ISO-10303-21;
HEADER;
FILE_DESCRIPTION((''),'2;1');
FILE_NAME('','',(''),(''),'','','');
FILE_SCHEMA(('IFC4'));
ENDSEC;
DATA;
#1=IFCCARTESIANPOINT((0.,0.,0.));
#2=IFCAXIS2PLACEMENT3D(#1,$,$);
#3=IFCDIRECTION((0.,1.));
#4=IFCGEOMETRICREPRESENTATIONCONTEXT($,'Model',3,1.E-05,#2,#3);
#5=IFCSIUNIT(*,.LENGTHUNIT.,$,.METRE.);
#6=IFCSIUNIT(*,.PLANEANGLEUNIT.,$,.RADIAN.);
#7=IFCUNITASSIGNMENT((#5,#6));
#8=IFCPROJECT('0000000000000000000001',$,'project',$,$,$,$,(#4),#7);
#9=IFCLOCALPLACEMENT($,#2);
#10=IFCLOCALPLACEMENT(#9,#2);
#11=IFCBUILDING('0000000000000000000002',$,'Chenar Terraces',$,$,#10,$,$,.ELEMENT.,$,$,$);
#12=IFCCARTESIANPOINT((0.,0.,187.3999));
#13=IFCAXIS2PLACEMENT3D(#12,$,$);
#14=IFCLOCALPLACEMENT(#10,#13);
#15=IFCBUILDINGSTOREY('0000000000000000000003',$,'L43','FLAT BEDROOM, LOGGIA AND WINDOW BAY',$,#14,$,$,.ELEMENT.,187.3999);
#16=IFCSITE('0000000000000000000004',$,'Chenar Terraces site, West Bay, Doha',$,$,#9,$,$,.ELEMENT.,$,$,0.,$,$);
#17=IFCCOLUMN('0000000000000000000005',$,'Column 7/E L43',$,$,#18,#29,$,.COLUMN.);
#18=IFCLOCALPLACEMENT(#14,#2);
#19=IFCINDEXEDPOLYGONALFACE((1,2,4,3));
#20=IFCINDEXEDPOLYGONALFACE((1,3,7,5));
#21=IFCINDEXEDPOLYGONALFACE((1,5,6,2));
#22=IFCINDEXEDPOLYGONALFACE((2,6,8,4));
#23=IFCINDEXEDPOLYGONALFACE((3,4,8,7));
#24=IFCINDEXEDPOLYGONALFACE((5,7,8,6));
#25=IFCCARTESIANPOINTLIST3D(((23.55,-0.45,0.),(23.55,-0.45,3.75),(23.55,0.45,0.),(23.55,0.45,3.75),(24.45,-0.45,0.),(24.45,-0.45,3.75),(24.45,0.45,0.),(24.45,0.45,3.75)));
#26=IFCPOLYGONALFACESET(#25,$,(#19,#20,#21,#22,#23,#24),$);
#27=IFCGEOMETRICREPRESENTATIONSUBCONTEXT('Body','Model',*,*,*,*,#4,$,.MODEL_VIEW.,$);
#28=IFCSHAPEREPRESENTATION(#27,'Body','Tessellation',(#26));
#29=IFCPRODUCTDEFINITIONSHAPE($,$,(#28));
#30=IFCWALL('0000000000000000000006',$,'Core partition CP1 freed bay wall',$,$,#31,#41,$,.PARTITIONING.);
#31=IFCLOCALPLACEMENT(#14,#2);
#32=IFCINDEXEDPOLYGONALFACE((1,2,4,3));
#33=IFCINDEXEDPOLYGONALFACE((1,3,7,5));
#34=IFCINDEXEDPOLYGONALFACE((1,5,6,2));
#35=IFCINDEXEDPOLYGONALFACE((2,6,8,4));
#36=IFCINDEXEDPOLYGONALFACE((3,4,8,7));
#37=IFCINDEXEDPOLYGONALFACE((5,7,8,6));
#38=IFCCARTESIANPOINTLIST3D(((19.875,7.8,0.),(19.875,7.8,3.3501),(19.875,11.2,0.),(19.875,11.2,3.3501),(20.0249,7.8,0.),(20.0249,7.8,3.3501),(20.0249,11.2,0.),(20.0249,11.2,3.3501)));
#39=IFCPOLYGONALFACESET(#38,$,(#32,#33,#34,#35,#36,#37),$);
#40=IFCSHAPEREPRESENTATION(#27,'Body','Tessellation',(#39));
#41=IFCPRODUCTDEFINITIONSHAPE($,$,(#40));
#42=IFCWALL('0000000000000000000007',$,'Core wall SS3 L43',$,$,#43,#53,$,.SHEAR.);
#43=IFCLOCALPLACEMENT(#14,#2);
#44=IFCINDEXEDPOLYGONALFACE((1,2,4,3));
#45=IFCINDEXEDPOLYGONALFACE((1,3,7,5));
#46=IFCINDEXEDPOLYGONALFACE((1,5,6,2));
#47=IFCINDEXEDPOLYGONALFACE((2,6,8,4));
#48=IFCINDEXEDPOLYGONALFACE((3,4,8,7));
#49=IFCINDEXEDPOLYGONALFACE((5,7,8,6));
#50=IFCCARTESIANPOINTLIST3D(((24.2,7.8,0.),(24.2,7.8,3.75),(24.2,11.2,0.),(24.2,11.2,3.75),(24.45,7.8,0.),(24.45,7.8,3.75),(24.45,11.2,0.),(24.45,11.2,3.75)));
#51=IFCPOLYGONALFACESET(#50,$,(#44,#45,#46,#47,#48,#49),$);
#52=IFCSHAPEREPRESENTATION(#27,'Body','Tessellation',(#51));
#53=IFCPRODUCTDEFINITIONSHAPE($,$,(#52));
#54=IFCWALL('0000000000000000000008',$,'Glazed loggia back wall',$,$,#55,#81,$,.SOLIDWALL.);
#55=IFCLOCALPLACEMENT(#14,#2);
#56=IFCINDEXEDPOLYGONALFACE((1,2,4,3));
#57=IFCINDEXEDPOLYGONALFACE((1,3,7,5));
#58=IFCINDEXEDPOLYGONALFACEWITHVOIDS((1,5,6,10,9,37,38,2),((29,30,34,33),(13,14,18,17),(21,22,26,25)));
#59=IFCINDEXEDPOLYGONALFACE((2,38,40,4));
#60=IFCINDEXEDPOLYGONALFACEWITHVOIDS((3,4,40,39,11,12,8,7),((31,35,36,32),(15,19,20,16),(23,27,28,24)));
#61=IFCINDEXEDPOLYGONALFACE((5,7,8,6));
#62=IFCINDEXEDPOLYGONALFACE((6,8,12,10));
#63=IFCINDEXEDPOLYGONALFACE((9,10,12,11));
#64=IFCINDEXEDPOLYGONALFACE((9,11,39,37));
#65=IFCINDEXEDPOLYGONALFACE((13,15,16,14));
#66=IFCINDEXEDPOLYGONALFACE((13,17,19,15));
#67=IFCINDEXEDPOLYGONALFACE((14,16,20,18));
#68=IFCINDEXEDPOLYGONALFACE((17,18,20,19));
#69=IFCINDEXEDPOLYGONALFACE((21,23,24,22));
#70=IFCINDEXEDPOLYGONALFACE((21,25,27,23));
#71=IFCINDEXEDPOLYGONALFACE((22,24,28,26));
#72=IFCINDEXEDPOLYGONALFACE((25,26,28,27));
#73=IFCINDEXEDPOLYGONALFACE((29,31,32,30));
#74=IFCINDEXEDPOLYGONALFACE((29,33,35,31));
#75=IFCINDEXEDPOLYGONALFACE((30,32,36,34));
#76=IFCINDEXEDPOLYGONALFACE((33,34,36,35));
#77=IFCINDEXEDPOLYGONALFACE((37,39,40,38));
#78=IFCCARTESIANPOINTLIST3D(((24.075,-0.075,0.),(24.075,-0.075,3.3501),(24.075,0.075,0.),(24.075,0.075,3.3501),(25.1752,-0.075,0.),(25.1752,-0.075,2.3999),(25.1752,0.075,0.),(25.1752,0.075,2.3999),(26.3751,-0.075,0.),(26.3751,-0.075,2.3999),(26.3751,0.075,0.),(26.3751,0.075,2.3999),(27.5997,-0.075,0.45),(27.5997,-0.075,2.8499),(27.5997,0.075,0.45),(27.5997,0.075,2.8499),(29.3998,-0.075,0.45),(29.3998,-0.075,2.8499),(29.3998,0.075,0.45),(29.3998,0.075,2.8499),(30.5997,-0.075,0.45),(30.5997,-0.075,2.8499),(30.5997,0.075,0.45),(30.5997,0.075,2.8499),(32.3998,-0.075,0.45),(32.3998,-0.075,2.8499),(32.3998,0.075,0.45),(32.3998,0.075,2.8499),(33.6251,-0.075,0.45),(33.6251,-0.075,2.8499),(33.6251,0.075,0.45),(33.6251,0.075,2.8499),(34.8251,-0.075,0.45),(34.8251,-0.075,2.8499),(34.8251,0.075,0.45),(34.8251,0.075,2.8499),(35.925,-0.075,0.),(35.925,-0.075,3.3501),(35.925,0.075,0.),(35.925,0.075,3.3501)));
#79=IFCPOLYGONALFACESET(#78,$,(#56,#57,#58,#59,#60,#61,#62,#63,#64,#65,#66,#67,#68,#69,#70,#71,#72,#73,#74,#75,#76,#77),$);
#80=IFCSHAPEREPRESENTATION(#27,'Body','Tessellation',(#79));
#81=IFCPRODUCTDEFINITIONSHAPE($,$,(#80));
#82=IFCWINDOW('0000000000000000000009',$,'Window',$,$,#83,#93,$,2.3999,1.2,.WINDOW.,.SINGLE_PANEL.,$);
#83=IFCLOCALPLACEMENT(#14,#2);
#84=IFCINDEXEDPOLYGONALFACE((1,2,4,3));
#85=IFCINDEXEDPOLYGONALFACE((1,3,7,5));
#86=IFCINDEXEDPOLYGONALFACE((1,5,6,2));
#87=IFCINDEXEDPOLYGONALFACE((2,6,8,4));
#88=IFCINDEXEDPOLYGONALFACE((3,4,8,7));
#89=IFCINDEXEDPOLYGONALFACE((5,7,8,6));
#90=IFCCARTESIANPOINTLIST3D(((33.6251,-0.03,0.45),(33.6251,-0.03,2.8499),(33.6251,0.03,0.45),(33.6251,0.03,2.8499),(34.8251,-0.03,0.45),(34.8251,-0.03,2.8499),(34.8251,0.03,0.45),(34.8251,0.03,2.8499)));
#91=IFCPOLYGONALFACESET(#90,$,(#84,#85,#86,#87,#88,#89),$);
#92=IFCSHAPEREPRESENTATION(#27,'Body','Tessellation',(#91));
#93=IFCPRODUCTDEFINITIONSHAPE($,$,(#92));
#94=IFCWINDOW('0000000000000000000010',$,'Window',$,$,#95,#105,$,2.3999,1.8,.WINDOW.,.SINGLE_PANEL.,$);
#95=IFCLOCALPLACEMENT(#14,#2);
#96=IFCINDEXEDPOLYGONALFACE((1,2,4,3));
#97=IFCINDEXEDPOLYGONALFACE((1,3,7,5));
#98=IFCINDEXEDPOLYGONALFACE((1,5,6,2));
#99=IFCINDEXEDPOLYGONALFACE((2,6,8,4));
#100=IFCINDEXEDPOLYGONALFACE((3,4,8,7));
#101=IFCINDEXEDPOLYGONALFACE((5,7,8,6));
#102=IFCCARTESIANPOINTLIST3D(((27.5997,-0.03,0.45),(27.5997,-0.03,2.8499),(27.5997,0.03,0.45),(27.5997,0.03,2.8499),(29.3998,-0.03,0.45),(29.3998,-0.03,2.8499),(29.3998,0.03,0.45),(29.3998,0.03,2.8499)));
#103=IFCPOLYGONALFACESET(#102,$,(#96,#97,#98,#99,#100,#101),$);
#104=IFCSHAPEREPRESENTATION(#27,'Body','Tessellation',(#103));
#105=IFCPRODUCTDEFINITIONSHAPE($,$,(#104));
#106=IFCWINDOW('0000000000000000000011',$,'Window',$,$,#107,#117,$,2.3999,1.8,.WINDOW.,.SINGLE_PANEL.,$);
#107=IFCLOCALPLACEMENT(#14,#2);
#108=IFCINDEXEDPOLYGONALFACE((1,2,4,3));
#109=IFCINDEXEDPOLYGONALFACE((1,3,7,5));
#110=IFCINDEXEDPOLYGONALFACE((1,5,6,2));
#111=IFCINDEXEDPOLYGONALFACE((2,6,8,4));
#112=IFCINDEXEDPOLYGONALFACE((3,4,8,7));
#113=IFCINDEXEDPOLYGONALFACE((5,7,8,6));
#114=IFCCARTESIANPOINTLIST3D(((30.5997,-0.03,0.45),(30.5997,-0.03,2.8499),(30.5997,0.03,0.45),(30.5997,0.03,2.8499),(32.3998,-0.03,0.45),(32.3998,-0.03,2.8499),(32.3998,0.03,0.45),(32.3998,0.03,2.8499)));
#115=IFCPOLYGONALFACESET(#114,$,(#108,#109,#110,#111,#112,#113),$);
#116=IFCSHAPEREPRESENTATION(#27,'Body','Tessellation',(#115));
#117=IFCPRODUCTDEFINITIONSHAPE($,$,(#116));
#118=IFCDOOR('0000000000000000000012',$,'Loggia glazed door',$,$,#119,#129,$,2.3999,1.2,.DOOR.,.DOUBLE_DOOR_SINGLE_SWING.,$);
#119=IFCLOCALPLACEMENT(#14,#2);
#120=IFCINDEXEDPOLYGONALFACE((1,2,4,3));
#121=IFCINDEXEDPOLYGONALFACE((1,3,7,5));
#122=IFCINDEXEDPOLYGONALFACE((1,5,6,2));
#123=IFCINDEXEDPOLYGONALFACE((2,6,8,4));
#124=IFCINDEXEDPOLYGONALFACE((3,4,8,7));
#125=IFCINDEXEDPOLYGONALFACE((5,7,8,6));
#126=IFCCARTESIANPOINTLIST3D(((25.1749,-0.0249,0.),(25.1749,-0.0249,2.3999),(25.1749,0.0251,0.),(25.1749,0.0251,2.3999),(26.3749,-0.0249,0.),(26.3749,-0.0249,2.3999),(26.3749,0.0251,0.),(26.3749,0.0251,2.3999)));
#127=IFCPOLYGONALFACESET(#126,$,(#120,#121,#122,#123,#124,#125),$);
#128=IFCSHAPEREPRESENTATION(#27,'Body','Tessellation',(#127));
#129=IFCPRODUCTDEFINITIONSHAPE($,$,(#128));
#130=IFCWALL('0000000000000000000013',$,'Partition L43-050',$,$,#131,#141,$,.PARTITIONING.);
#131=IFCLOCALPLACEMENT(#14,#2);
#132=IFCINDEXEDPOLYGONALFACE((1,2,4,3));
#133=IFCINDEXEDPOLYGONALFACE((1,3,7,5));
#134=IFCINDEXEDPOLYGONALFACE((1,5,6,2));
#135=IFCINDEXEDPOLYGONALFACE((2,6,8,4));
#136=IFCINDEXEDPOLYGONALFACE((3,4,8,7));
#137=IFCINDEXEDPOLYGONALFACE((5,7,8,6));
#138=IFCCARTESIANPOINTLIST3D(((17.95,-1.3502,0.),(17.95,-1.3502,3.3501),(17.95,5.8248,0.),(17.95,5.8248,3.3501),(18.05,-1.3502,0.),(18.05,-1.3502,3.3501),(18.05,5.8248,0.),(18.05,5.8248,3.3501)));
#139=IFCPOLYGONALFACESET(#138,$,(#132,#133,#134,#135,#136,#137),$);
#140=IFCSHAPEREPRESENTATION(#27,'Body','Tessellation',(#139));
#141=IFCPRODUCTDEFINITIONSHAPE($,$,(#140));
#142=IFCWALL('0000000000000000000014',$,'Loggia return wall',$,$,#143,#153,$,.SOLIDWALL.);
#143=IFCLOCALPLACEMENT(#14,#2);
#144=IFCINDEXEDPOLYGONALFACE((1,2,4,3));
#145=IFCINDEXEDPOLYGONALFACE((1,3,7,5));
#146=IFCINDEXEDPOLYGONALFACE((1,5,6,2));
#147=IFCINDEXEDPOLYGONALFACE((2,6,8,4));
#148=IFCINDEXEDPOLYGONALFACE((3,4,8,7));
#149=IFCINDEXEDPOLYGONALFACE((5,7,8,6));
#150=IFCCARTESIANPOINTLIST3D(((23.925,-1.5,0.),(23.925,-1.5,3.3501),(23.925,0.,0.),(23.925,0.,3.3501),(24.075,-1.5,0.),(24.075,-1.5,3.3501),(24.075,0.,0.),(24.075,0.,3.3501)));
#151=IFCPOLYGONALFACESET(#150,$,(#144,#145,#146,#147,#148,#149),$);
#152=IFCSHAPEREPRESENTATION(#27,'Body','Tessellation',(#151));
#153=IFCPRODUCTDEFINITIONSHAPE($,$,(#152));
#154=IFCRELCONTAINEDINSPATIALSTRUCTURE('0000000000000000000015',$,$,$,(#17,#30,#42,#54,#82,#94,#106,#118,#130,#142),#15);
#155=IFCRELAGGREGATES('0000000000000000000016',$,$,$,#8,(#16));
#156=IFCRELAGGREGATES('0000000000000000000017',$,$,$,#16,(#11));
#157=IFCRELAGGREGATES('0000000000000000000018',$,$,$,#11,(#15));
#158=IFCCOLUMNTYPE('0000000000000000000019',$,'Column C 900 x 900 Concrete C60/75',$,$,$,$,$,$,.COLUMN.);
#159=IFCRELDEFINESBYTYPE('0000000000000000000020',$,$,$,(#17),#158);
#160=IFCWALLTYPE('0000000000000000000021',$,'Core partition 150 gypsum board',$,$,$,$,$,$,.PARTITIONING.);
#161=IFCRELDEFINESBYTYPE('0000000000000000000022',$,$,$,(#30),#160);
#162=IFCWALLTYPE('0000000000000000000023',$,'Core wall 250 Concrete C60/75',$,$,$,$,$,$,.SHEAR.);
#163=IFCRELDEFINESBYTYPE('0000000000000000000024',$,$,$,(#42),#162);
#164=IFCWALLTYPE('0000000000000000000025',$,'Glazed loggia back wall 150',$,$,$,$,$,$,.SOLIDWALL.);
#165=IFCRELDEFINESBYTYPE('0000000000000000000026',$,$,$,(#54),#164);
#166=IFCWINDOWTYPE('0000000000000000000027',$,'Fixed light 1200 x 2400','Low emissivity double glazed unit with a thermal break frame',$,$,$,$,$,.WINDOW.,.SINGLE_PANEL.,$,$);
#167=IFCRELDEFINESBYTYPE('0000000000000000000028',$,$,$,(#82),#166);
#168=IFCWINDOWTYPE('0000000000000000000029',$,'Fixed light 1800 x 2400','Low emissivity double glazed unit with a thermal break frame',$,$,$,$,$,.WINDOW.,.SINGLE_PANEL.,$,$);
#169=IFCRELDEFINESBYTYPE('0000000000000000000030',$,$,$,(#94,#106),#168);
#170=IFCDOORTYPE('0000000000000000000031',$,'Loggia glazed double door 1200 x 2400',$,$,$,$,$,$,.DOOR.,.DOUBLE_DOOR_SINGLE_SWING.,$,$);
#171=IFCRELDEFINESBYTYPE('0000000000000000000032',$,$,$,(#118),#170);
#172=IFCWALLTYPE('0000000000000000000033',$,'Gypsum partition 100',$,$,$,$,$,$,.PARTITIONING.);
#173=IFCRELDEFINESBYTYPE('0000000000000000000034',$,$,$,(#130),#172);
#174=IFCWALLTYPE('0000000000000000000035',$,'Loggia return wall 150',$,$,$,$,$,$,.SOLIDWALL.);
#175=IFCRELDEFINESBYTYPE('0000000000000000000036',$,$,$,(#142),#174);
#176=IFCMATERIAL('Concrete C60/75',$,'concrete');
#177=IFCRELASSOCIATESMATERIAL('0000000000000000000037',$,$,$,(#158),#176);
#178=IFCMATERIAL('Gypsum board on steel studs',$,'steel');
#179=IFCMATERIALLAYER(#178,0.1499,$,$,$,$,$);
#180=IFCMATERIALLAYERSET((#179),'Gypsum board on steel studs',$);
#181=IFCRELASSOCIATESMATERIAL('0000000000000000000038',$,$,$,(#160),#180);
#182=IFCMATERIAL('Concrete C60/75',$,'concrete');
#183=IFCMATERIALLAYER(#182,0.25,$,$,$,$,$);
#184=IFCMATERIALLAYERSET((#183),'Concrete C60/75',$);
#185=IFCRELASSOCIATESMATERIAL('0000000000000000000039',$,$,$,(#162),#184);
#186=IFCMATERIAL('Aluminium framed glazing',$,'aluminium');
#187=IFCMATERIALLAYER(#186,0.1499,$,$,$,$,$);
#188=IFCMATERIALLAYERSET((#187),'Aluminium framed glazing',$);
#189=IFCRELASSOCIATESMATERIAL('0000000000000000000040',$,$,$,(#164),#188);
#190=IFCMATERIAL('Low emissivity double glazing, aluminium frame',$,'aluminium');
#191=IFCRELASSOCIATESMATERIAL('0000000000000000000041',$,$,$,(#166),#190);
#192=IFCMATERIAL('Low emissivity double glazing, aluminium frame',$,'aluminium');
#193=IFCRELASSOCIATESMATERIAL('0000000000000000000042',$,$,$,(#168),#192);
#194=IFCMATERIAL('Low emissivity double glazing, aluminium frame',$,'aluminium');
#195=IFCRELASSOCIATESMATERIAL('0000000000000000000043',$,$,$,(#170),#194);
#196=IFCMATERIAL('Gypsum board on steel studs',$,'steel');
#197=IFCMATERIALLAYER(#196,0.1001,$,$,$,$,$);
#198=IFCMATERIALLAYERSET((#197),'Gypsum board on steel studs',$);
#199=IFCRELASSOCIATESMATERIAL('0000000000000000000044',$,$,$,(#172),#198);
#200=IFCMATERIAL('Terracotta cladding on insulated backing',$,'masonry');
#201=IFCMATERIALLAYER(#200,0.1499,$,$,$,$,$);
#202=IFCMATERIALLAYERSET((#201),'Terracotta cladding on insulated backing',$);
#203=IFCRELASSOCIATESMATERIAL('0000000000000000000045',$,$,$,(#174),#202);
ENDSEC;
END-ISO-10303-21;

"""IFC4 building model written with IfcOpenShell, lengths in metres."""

from ifc_helpers import new_model, si_unit, direction, frame, frame_2d, origin, origin_2d, place, context, subcontext, project, spatial, rectangle, extrude, material, layer, layer_set, material_profile, profile_set, type_object, element, fill, save


model = new_model("IFC4")

# Units and contexts
model_context = context("Model", 3, precision=1e-05, world=origin(), true_north=direction((0.0, 1.0)))
body_context = subcontext(model_context, "Body", "Model", "MODEL_VIEW")
ifc_project = project(units=[si_unit("LENGTHUNIT", "METRE"), si_unit("PLANEANGLEUNIT", "RADIAN")], contexts=[model_context])

# Site, building, storey
site_placement = place(None, origin())
site = spatial("IfcSite", under=ifc_project, at=site_placement, Name="Chenar Terraces site, West Bay, Doha", CompositionType="ELEMENT", RefElevation=0.0)
building_placement = place(site_placement, origin())
building = spatial("IfcBuilding", under=site, at=building_placement, Name="Chenar Terraces", CompositionType="ELEMENT")
storey_placement = place(building_placement, frame((0.0, 0.0, 187.3999)))
storey = spatial("IfcBuildingStorey", under=building, at=storey_placement, Name="L43", Description="FLAT BEDROOM, LOGGIA AND WINDOW BAY", CompositionType="ELEMENT", Elevation=187.3999)

# Column
ifc_material_1 = material(Name="Concrete C60/75", Category="concrete")
ifc_material_profile_1 = material_profile(ifc_material_1, rectangle(XDim=0.8999, YDim=0.8999, at=origin_2d()), Name="C 900 x 900")
ifc_profile_set_1 = profile_set([ifc_material_profile_1], Name="Concrete C60/75")
column_type = type_object("IfcColumnType", Name="Column C 900 x 900 Concrete C60/75", PredefinedType="COLUMN", material=ifc_profile_set_1)
column_placement = place(storey_placement, frame((24.0, 0.0, 0.0), z_axis=(0.0, 0.0, 1.0), x_axis=(1.0, 0.0, 0.0)))
element("IfcColumn", 1, at=column_placement, inside=storey, type_object=column_type, Name="Column 7/E L43", PredefinedType="COLUMN", context=body_context, shape_type="SweptSolid", body=[
    extrude(rectangle(XDim=0.8999, YDim=0.8999, at=origin_2d()), origin(), (0.0, 0.0, 1.0), 3.75),
])

# Walls
ifc_material_2 = material(Name="Gypsum board on steel studs", Category="steel")
ifc_layer_1 = layer(ifc_material_2, 0.1499)
ifc_layer_set_1 = layer_set([ifc_layer_1], Name="Gypsum board on steel studs")
wall_type_1 = type_object("IfcWallType", Name="Core partition 150 gypsum board", PredefinedType="PARTITIONING", material=ifc_layer_set_1)
wall_1_placement = place(storey_placement, frame((19.95, 7.8, 0.0), z_axis=(0.0, 0.0, 1.0), x_axis=(0.0, 1.0, 0.0)))
element("IfcWall", 2, at=wall_1_placement, inside=storey, type_object=wall_type_1, Name="Core partition CP1 freed bay wall", PredefinedType="PARTITIONING", context=body_context, shape_type="SweptSolid", body=[
    extrude(rectangle(XDim=3.3999, YDim=0.1499, at=frame_2d((1.7, 0.0))), origin(), (0.0, 0.0, 1.0), 3.3501),
])
ifc_material_3 = material(Name="Concrete C60/75", Category="concrete")
ifc_layer_2 = layer(ifc_material_3, 0.25)
ifc_layer_set_2 = layer_set([ifc_layer_2], Name="Concrete C60/75")
wall_type_2 = type_object("IfcWallType", Name="Core wall 250 Concrete C60/75", PredefinedType="SHEAR", material=ifc_layer_set_2)
wall_2_placement = place(storey_placement, frame((24.325, 7.8, 0.0), z_axis=(0.0, 0.0, 1.0), x_axis=(0.0, 1.0, 0.0)))
element("IfcWall", 3, at=wall_2_placement, inside=storey, type_object=wall_type_2, Name="Core wall SS3 L43", PredefinedType="SHEAR", context=body_context, shape_type="SweptSolid", body=[
    extrude(rectangle(XDim=3.3999, YDim=0.25, at=frame_2d((1.7, 0.0))), origin(), (0.0, 0.0, 1.0), 3.75),
])

# Wall, openings, windows, door
ifc_material_4 = material(Name="Aluminium framed glazing", Category="aluminium")
ifc_layer_3 = layer(ifc_material_4, 0.1499)
ifc_layer_set_3 = layer_set([ifc_layer_3], Name="Aluminium framed glazing")
wall_type_3 = type_object("IfcWallType", Name="Glazed loggia back wall 150", PredefinedType="SOLIDWALL", material=ifc_layer_set_3)
wall_3_placement = place(storey_placement, frame((24.075, 0.0, 0.0), z_axis=(0.0, 0.0, 1.0), x_axis=(1.0, 0.0, 0.0)))
wall_3 = element("IfcWall", 4, at=wall_3_placement, inside=storey, type_object=wall_type_3, Name="Glazed loggia back wall", PredefinedType="SOLIDWALL", context=body_context, shape_type="SweptSolid", body=[
    extrude(rectangle(XDim=11.8501, YDim=0.1499, at=frame_2d((5.925, 0.0))), origin(), (0.0, 0.0, 1.0), 3.3501),
])
opening_1_placement = place(wall_3_placement, frame((1.1001, 0.0, 0.0)))
opening_1 = element("IfcOpeningElement", 5, at=opening_1_placement, cuts=wall_3, PredefinedType="OPENING", context=body_context, shape_type="SweptSolid", body=[
    extrude(rectangle(XDim=1.2, YDim=2.3999, at=frame_2d((0.6001, 1.2))), frame((0.0, 0.085, 0.0), z_axis=(0.0, -1.0, 0.0), x_axis=(1.0, 0.0, 0.0)), (0.0, 0.0, 1.0), 0.1699),
])
opening_2_placement = place(wall_3_placement, frame((3.5249, 0.0, 0.45)))
opening_2 = element("IfcOpeningElement", 6, at=opening_2_placement, cuts=wall_3, PredefinedType="OPENING", context=body_context, shape_type="SweptSolid", body=[
    extrude(rectangle(XDim=1.8, YDim=2.3999, at=frame_2d((0.8999, 1.2))), frame((0.0, 0.085, 0.0), z_axis=(0.0, -1.0, 0.0), x_axis=(1.0, 0.0, 0.0)), (0.0, 0.0, 1.0), 0.1699),
])
opening_3_placement = place(wall_3_placement, frame((6.5249, 0.0, 0.45)))
opening_3 = element("IfcOpeningElement", 7, at=opening_3_placement, cuts=wall_3, PredefinedType="OPENING", context=body_context, shape_type="SweptSolid", body=[
    extrude(rectangle(XDim=1.8, YDim=2.3999, at=frame_2d((0.8999, 1.2))), frame((0.0, 0.085, 0.0), z_axis=(0.0, -1.0, 0.0), x_axis=(1.0, 0.0, 0.0)), (0.0, 0.0, 1.0), 0.1699),
])
opening_4_placement = place(wall_3_placement, frame((9.55, 0.0, 0.45)))
opening_4 = element("IfcOpeningElement", 8, at=opening_4_placement, cuts=wall_3, PredefinedType="OPENING", context=body_context, shape_type="SweptSolid", body=[
    extrude(rectangle(XDim=1.2, YDim=2.3999, at=frame_2d((0.6001, 1.2))), frame((0.0, 0.085, 0.0), z_axis=(0.0, -1.0, 0.0), x_axis=(1.0, 0.0, 0.0)), (0.0, 0.0, 1.0), 0.1699),
])
ifc_material_5 = material(Name="Low emissivity double glazing, aluminium frame", Category="aluminium")
window_type_1 = type_object("IfcWindowType", Name="Fixed light 1200 x 2400", Description="Low emissivity double glazed unit with a thermal break frame", PartitioningType="SINGLE_PANEL", PredefinedType="WINDOW", material=ifc_material_5)
window_1_placement = place(opening_4_placement, origin())
window_1 = element("IfcWindow", 9, at=window_1_placement, inside=storey, type_object=window_type_1, Name="Window", OverallHeight=2.3999, OverallWidth=1.2, PartitioningType="SINGLE_PANEL", PredefinedType="WINDOW", context=body_context, shape_type="SweptSolid", body=[
    extrude(rectangle(XDim=1.2, YDim=2.3999, at=frame_2d((0.6001, 1.2))), frame((0.0, 0.03, 0.0), z_axis=(0.0, -1.0, 0.0), x_axis=(1.0, 0.0, 0.0)), (0.0, 0.0, 1.0), 0.0601),
])
fill(opening_4, window_1)
ifc_material_6 = material(Name="Low emissivity double glazing, aluminium frame", Category="aluminium")
window_type_2 = type_object("IfcWindowType", Name="Fixed light 1800 x 2400", Description="Low emissivity double glazed unit with a thermal break frame", PartitioningType="SINGLE_PANEL", PredefinedType="WINDOW", material=ifc_material_6)
window_2_placement = place(opening_2_placement, origin())
window_2 = element("IfcWindow", 10, at=window_2_placement, inside=storey, type_object=window_type_2, Name="Window", OverallHeight=2.3999, OverallWidth=1.8, PartitioningType="SINGLE_PANEL", PredefinedType="WINDOW", context=body_context, shape_type="SweptSolid", body=[
    extrude(rectangle(XDim=1.8, YDim=2.3999, at=frame_2d((0.8999, 1.2))), frame((0.0, 0.03, 0.0), z_axis=(0.0, -1.0, 0.0), x_axis=(1.0, 0.0, 0.0)), (0.0, 0.0, 1.0), 0.0601),
])
fill(opening_2, window_2)
window_3_placement = place(opening_3_placement, origin())
window_3 = element("IfcWindow", 11, at=window_3_placement, inside=storey, type_object=window_type_2, Name="Window", OverallHeight=2.3999, OverallWidth=1.8, PartitioningType="SINGLE_PANEL", PredefinedType="WINDOW", context=body_context, shape_type="SweptSolid", body=[
    extrude(rectangle(XDim=1.8, YDim=2.3999, at=frame_2d((0.8999, 1.2))), frame((0.0, 0.03, 0.0), z_axis=(0.0, -1.0, 0.0), x_axis=(1.0, 0.0, 0.0)), (0.0, 0.0, 1.0), 0.0601),
])
fill(opening_3, window_3)
ifc_material_7 = material(Name="Low emissivity double glazing, aluminium frame", Category="aluminium")
door_type = type_object("IfcDoorType", Name="Loggia glazed double door 1200 x 2400", OperationType="DOUBLE_DOOR_SINGLE_SWING", PredefinedType="DOOR", material=ifc_material_7)
door_placement = place(opening_1_placement, frame((1.2, 0.0, 0.0), z_axis=(0.0, 0.0, 1.0), x_axis=(-1.0, 0.0, 0.0)))
door = element("IfcDoor", 12, at=door_placement, inside=storey, type_object=door_type, Name="Loggia glazed door", OperationType="DOUBLE_DOOR_SINGLE_SWING", OverallHeight=2.3999, OverallWidth=1.2, PredefinedType="DOOR", context=body_context, shape_type="SweptSolid", body=[
    extrude(rectangle(XDim=1.2, YDim=2.3999, at=frame_2d((0.6001, 1.2))), frame((0.0, 0.0249, 0.0), z_axis=(0.0, -1.0, 0.0), x_axis=(1.0, 0.0, 0.0)), (0.0, 0.0, 1.0), 0.05),
])
fill(opening_1, door)

# Walls
ifc_material_8 = material(Name="Gypsum board on steel studs", Category="steel")
ifc_layer_4 = layer(ifc_material_8, 0.1001)
ifc_layer_set_4 = layer_set([ifc_layer_4], Name="Gypsum board on steel studs")
wall_type_4 = type_object("IfcWallType", Name="Gypsum partition 100", PredefinedType="PARTITIONING", material=ifc_layer_set_4)
wall_4_placement = place(storey_placement, frame((18.0, -1.3501, 0.0), z_axis=(0.0, 0.0, 1.0), x_axis=(0.0, 1.0, 0.0)))
element("IfcWall", 13, at=wall_4_placement, inside=storey, type_object=wall_type_4, Name="Partition L43-050", PredefinedType="PARTITIONING", context=body_context, shape_type="SweptSolid", body=[
    extrude(rectangle(XDim=7.175, YDim=0.1001, at=frame_2d((3.5874, 0.0))), origin(), (0.0, 0.0, 1.0), 3.3501),
])
ifc_material_9 = material(Name="Terracotta cladding on insulated backing", Category="masonry")
ifc_layer_5 = layer(ifc_material_9, 0.1499)
ifc_layer_set_5 = layer_set([ifc_layer_5], Name="Terracotta cladding on insulated backing")
wall_type_5 = type_object("IfcWallType", Name="Loggia return wall 150", PredefinedType="SOLIDWALL", material=ifc_layer_set_5)
wall_5_placement = place(storey_placement, frame((24.0, -1.5, 0.0), z_axis=(0.0, 0.0, 1.0), x_axis=(0.0, 1.0, 0.0)))
element("IfcWall", 14, at=wall_5_placement, inside=storey, type_object=wall_type_5, Name="Loggia return wall", PredefinedType="SOLIDWALL", context=body_context, shape_type="SweptSolid", body=[
    extrude(rectangle(XDim=1.5, YDim=0.1499, at=frame_2d((0.75, 0.0))), origin(), (0.0, 0.0, 1.0), 3.3501),
])

save(model, "model.ifc")
